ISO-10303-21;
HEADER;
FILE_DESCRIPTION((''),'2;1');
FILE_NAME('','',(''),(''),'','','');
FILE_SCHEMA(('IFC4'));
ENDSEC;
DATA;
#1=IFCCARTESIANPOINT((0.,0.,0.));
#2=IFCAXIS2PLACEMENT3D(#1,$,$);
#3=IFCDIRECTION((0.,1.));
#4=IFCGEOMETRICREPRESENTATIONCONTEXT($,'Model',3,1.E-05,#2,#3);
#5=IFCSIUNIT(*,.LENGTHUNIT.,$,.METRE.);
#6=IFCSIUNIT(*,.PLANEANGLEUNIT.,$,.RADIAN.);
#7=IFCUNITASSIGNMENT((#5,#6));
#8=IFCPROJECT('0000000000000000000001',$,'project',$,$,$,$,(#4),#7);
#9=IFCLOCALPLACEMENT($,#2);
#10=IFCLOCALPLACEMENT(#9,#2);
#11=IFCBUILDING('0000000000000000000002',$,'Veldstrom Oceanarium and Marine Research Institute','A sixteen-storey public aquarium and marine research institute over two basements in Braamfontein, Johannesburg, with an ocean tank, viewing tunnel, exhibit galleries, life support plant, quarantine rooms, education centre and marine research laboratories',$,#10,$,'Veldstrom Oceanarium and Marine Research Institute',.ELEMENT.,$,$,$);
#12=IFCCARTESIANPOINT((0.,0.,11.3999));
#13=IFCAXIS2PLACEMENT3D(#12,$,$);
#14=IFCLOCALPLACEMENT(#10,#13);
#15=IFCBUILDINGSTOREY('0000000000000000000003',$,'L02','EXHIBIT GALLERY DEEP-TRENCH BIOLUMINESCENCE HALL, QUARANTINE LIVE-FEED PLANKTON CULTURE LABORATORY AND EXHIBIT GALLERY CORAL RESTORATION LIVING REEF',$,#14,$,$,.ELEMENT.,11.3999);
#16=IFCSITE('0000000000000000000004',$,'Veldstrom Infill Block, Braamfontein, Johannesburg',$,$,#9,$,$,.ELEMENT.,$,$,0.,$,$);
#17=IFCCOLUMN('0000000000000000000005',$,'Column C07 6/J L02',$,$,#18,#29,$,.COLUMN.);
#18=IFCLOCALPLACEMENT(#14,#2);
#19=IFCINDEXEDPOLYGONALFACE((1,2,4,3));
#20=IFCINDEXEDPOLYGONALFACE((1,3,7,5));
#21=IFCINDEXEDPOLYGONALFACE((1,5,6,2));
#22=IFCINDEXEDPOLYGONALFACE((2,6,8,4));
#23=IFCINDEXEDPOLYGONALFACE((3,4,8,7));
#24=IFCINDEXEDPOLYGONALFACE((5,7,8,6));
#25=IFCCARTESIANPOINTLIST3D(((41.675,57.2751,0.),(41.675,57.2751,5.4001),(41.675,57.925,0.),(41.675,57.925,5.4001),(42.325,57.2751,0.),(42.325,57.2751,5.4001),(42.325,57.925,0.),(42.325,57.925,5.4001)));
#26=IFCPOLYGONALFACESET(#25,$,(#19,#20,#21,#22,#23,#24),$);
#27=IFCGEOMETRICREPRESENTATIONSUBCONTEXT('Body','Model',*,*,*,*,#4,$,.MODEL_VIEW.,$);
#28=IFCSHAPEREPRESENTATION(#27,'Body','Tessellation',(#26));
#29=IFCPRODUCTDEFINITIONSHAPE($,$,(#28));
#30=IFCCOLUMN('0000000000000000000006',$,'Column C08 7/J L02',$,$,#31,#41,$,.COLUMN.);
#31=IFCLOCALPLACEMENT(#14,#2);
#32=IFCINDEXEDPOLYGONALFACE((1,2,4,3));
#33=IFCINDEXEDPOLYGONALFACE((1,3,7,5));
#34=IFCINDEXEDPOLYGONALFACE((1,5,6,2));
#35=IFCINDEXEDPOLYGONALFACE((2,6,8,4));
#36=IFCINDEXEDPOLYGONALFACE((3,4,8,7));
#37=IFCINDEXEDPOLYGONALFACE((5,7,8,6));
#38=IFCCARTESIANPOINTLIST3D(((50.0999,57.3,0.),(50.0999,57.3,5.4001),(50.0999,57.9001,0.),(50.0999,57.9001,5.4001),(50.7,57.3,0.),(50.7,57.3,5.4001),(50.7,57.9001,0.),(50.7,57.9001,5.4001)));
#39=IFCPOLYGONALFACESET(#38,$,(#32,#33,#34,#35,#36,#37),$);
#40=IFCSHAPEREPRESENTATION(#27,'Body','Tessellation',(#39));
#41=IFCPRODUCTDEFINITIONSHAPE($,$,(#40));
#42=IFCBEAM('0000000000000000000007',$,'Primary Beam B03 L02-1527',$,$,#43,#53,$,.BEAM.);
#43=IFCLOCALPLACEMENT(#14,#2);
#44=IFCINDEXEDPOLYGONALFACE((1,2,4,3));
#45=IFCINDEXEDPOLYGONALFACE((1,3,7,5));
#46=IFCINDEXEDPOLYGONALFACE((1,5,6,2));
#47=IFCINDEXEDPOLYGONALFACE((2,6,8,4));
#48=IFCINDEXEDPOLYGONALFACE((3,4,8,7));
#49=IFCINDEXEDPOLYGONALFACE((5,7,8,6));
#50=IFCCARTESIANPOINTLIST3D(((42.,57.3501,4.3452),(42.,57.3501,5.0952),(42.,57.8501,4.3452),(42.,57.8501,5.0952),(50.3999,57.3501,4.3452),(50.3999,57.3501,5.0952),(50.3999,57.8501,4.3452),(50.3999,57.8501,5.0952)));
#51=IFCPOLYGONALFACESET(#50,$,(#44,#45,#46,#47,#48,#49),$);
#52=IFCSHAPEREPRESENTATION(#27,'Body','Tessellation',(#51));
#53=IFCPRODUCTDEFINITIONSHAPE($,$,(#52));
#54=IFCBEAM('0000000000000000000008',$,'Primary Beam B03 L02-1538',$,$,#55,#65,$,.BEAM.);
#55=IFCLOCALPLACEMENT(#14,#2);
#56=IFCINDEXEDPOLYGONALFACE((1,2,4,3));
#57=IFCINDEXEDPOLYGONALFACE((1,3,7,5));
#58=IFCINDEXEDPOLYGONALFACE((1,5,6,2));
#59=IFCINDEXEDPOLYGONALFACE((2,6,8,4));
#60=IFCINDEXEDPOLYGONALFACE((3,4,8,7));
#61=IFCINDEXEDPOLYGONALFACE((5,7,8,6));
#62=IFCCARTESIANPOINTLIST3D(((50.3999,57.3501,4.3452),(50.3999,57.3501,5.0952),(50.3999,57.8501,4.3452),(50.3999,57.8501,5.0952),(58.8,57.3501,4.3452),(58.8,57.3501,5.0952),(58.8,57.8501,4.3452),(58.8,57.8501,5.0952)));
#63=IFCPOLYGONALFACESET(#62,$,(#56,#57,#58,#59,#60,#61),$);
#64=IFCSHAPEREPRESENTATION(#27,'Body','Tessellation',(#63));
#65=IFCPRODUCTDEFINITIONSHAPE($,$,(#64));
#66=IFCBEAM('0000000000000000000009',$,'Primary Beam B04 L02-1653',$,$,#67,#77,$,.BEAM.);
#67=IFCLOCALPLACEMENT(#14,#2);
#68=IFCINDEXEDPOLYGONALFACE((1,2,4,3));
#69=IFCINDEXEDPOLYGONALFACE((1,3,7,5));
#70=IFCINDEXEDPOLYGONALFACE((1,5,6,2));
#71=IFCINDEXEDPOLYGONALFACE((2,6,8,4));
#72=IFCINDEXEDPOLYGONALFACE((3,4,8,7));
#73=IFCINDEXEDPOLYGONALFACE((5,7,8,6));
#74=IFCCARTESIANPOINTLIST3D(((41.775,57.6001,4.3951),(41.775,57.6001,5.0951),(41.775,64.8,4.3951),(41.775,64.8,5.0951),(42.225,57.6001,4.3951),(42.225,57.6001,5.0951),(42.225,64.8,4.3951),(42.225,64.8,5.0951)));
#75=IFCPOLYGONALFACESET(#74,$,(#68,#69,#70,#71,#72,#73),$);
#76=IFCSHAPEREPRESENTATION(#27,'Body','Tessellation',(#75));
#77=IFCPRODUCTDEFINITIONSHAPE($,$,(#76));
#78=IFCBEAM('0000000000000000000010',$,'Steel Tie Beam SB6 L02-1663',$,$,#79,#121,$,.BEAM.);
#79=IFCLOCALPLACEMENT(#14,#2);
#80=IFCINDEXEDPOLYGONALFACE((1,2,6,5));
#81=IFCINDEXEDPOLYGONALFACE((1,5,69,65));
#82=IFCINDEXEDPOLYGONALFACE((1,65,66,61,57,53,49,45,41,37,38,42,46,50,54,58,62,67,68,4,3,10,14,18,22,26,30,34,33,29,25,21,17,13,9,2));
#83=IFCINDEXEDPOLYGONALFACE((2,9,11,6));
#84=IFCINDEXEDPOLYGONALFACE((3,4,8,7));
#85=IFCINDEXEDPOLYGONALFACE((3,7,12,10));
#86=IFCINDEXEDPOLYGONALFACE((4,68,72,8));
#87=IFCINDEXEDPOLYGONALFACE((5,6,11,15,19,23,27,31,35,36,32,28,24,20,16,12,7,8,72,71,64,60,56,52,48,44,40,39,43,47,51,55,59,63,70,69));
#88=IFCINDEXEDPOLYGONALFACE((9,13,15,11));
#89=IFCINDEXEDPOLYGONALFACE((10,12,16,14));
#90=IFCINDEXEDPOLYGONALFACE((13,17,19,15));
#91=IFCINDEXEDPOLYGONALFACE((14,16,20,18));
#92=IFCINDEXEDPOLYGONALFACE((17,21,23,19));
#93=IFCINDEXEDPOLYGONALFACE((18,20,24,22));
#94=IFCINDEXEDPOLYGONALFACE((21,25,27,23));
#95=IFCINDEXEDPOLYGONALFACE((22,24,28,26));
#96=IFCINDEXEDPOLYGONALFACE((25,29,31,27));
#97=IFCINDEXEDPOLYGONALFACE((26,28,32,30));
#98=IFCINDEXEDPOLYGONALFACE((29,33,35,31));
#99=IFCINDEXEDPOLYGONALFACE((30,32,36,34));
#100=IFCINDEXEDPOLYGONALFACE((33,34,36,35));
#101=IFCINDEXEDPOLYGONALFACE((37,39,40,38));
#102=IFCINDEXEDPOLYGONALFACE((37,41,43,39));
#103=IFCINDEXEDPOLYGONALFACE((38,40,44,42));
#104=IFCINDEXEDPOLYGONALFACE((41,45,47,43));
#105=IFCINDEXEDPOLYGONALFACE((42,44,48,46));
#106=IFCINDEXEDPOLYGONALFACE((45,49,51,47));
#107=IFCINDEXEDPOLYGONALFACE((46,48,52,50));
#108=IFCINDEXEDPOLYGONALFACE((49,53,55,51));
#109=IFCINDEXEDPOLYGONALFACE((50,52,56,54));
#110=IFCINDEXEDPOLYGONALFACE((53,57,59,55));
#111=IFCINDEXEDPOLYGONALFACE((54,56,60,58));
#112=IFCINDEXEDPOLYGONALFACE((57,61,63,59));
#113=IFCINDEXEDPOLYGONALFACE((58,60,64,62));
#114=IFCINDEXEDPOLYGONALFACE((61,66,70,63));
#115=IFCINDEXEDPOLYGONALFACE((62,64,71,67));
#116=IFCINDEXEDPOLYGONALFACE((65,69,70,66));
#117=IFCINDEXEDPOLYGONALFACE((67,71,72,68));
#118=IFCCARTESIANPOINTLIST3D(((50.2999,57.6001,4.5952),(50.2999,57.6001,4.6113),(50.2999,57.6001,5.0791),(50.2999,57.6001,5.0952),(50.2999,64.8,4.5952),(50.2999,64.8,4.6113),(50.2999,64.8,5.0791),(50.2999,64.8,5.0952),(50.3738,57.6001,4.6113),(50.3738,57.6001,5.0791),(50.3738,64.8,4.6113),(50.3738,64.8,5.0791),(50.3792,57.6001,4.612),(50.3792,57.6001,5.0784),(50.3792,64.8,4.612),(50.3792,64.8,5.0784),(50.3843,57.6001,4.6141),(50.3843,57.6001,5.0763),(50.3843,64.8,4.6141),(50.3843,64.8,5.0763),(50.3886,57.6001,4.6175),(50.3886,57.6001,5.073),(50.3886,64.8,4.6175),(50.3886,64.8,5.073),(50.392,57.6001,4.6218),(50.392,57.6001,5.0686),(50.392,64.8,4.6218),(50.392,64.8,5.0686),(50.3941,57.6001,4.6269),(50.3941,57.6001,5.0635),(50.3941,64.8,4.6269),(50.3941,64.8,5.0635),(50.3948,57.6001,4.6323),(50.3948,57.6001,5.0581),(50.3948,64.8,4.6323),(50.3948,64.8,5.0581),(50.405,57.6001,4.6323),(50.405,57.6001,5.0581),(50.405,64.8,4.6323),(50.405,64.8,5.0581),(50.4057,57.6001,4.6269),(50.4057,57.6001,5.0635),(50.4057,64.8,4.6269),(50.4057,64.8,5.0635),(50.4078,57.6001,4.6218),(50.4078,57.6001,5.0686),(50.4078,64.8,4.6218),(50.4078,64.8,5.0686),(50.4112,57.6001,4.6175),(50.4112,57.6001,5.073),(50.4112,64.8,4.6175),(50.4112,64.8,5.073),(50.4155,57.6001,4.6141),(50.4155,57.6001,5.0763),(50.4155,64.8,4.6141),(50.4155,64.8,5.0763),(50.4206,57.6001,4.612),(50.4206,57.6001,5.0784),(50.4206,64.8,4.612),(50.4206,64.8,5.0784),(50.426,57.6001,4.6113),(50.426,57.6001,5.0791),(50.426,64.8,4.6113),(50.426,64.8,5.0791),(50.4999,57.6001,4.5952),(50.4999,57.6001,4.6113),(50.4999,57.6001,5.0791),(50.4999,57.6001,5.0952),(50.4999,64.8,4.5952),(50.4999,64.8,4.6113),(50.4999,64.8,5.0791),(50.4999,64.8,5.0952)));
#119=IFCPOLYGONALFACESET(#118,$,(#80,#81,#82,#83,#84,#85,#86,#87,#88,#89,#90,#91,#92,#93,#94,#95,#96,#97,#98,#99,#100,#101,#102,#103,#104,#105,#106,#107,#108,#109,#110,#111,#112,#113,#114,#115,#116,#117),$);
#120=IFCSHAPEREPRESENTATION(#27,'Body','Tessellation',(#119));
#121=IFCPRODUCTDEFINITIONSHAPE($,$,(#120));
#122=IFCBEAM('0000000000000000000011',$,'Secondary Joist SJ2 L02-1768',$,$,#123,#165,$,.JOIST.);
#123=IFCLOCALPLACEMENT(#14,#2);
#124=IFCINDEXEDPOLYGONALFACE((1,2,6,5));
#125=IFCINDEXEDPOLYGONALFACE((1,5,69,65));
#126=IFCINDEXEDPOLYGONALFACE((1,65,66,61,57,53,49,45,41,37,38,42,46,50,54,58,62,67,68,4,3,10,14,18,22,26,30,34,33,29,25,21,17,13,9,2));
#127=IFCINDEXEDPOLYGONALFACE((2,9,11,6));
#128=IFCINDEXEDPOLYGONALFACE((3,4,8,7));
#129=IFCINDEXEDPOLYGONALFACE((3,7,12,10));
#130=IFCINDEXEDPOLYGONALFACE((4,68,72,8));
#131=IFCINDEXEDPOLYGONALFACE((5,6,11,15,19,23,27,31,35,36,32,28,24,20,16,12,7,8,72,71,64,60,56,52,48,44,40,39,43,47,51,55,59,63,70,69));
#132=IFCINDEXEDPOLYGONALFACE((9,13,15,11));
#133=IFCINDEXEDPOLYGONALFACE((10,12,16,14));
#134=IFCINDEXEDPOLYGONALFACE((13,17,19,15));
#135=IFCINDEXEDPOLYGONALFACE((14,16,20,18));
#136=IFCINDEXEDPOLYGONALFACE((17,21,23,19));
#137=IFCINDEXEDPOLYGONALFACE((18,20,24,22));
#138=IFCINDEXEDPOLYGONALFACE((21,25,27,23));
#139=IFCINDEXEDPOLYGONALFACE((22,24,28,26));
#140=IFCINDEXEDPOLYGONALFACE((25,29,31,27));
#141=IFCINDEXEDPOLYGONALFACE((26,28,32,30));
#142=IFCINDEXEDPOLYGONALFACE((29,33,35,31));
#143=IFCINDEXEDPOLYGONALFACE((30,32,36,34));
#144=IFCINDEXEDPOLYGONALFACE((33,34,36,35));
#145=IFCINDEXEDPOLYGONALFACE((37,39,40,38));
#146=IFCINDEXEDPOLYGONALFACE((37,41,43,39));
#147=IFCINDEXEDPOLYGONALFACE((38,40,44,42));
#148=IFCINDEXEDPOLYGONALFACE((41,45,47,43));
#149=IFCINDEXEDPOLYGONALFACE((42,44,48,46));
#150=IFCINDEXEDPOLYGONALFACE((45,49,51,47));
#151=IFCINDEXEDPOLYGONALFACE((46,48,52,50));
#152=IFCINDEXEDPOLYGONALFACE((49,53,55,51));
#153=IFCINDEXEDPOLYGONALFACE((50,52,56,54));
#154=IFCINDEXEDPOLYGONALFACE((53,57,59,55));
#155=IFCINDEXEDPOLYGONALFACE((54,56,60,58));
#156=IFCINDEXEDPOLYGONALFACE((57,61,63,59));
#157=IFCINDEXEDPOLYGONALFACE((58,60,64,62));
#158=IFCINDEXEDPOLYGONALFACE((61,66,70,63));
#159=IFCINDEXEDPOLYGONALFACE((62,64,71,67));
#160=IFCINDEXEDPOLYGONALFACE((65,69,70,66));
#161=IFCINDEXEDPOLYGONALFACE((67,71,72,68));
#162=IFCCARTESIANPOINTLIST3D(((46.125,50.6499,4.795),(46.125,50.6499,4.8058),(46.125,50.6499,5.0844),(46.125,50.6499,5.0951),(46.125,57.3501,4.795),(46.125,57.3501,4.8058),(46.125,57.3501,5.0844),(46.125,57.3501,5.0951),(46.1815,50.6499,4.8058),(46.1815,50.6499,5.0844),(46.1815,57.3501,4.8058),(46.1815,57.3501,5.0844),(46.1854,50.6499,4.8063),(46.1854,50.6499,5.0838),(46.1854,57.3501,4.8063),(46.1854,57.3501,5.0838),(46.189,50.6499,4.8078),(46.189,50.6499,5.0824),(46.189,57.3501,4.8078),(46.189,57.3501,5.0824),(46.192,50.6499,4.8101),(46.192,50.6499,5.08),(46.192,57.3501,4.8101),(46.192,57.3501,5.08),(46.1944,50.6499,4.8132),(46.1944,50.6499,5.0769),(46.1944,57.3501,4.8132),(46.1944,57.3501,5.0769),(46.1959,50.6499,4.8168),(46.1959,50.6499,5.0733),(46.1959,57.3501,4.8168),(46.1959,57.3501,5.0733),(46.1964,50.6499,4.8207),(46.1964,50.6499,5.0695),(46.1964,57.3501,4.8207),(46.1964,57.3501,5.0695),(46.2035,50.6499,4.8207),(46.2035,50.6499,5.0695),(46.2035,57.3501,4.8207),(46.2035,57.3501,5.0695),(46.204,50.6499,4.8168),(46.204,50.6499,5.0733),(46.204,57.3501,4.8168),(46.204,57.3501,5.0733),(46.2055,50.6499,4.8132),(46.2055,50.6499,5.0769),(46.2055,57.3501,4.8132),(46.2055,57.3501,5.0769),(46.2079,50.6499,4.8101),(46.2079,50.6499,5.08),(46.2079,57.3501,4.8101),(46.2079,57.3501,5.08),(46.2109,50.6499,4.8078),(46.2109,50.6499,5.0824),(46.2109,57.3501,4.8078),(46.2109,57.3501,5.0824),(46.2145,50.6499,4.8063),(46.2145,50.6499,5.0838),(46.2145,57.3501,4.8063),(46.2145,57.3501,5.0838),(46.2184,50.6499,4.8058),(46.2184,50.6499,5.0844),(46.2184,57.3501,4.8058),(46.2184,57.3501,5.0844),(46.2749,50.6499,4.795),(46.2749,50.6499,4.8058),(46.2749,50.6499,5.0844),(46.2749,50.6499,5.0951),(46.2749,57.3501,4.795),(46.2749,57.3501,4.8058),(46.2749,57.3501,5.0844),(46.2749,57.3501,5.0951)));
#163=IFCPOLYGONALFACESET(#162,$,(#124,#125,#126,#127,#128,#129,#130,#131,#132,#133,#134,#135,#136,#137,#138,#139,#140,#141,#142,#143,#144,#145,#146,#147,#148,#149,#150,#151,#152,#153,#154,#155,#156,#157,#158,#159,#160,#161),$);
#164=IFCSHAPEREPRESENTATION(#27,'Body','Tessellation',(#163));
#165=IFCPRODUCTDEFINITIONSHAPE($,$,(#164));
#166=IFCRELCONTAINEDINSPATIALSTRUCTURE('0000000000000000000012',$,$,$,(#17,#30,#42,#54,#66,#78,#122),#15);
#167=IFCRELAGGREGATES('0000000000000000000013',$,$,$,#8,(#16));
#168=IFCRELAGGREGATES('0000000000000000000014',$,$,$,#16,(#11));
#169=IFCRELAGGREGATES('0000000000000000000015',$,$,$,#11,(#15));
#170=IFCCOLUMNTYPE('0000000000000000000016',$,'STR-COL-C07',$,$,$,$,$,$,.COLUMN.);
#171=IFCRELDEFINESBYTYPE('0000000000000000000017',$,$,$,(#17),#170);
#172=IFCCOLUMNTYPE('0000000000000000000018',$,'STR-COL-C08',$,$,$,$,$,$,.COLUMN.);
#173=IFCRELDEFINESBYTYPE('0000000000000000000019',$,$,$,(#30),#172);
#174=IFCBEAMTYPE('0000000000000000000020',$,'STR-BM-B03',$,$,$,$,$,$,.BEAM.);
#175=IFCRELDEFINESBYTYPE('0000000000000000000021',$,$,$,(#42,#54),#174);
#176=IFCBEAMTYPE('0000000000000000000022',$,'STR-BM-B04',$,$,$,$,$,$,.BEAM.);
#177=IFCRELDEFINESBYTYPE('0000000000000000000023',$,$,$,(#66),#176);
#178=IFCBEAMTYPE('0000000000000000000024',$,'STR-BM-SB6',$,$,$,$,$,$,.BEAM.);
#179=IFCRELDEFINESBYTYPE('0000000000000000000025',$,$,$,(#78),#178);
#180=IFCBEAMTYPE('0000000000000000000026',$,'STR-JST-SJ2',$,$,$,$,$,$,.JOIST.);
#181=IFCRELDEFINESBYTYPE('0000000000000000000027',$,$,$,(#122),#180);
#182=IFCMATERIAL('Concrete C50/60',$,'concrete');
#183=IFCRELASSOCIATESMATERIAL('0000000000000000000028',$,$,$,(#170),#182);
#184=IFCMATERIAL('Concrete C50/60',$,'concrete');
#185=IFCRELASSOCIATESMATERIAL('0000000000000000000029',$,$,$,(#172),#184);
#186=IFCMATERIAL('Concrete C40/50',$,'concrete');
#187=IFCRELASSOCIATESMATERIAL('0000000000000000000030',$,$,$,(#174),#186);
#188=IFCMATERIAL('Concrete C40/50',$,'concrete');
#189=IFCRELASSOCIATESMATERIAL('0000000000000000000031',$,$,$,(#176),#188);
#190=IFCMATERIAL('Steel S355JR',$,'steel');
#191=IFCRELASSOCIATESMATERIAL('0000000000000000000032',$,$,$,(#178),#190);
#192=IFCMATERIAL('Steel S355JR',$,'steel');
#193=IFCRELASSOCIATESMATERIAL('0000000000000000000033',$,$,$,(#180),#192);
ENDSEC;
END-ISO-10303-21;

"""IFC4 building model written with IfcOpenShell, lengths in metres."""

from ifc_helpers import new_model, si_unit, direction, frame, origin, origin_2d, place, context, subcontext, project, spatial, rectangle, i_section, extrude, material, material_profile, profile_set, type_object, element, save


model = new_model("IFC4")

# Units and contexts
model_context = context("Model", 3, precision=1e-05, world=origin(), true_north=direction((0.0, 1.0)))
body_context = subcontext(model_context, "Body", "Model", "MODEL_VIEW")
ifc_project = project(units=[si_unit("LENGTHUNIT", "METRE"), si_unit("PLANEANGLEUNIT", "RADIAN")], contexts=[model_context])

# Site, building, storey
site_placement = place(None, origin())
site = spatial("IfcSite", under=ifc_project, at=site_placement, Name="Veldstrom Infill Block, Braamfontein, Johannesburg", CompositionType="ELEMENT", RefElevation=0.0)
building_placement = place(site_placement, origin())
building = spatial("IfcBuilding", under=site, at=building_placement, Name="Veldstrom Oceanarium and Marine Research Institute", Description="A sixteen-storey public aquarium and marine research institute over two basements in Braamfontein, Johannesburg, with an ocean tank, viewing tunnel, exhibit galleries, life support plant, quarantine rooms, education centre and marine research laboratories", LongName="Veldstrom Oceanarium and Marine Research Institute", CompositionType="ELEMENT")
storey_placement = place(building_placement, frame((0.0, 0.0, 11.3999)))
storey = spatial("IfcBuildingStorey", under=building, at=storey_placement, Name="L02", Description="EXHIBIT GALLERY DEEP-TRENCH BIOLUMINESCENCE HALL, QUARANTINE LIVE-FEED PLANKTON CULTURE LABORATORY AND EXHIBIT GALLERY CORAL RESTORATION LIVING REEF", CompositionType="ELEMENT", Elevation=11.3999)

# Columns
ifc_material_1 = material(Name="Concrete C50/60", Category="concrete")
ifc_material_profile_1 = material_profile(ifc_material_1, rectangle(XDim=0.6499, YDim=0.6499, at=origin_2d()), Name="RC-COL-650x650")
ifc_profile_set_1 = profile_set([ifc_material_profile_1], Name="Concrete C50/60")
column_type_1 = type_object("IfcColumnType", Name="STR-COL-C07", PredefinedType="COLUMN", material=ifc_profile_set_1)
column_1_placement = place(storey_placement, frame((42.0, 57.6001, 0.0), z_axis=(0.0, 0.0, 1.0), x_axis=(1.0, 0.0, 0.0)))
element("IfcColumn", 1, at=column_1_placement, inside=storey, type_object=column_type_1, Name="Column C07 6/J L02", PredefinedType="COLUMN", context=body_context, shape_type="SweptSolid", body=[
    extrude(rectangle(XDim=0.6499, YDim=0.6499, at=origin_2d()), origin(), (0.0, 0.0, 1.0), 5.4001),
])
ifc_material_2 = material(Name="Concrete C50/60", Category="concrete")
ifc_material_profile_2 = material_profile(ifc_material_2, rectangle(XDim=0.6001, YDim=0.6001, at=origin_2d()), Name="RC-COL-600x600")
ifc_profile_set_2 = profile_set([ifc_material_profile_2], Name="Concrete C50/60")
column_type_2 = type_object("IfcColumnType", Name="STR-COL-C08", PredefinedType="COLUMN", material=ifc_profile_set_2)
column_2_placement = place(storey_placement, frame((50.3999, 57.6001, 0.0), z_axis=(0.0, 0.0, 1.0), x_axis=(1.0, 0.0, 0.0)))
element("IfcColumn", 2, at=column_2_placement, inside=storey, type_object=column_type_2, Name="Column C08 7/J L02", PredefinedType="COLUMN", context=body_context, shape_type="SweptSolid", body=[
    extrude(rectangle(XDim=0.6001, YDim=0.6001, at=origin_2d()), origin(), (0.0, 0.0, 1.0), 5.4001),
])

# Beams
ifc_material_3 = material(Name="Concrete C40/50", Category="concrete")
ifc_material_profile_3 = material_profile(ifc_material_3, rectangle(XDim=0.5, YDim=0.75, at=origin_2d()), Name="RC-BM-500x750")
ifc_profile_set_3 = profile_set([ifc_material_profile_3], Name="Concrete C40/50")
beam_type_1 = type_object("IfcBeamType", Name="STR-BM-B03", PredefinedType="BEAM", material=ifc_profile_set_3)
beam_1_placement = place(storey_placement, frame((42.0, 57.6001, 4.7202), z_axis=(1.0, 0.0, 0.0), x_axis=(0.0, 1.0, 0.0)))
element("IfcBeam", 3, at=beam_1_placement, inside=storey, type_object=beam_type_1, Name="Primary Beam B03 L02-1527", PredefinedType="BEAM", context=body_context, shape_type="SweptSolid", body=[
    extrude(rectangle(XDim=0.5, YDim=0.75, at=origin_2d()), origin(), (0.0, 0.0, 1.0), 8.3999),
])
beam_2_placement = place(storey_placement, frame((50.3999, 57.6001, 4.7202), z_axis=(1.0, 0.0, 0.0), x_axis=(0.0, 1.0, 0.0)))
element("IfcBeam", 4, at=beam_2_placement, inside=storey, type_object=beam_type_1, Name="Primary Beam B03 L02-1538", PredefinedType="BEAM", context=body_context, shape_type="SweptSolid", body=[
    extrude(rectangle(XDim=0.5, YDim=0.75, at=origin_2d()), origin(), (0.0, 0.0, 1.0), 8.4001),
])
ifc_material_4 = material(Name="Concrete C40/50", Category="concrete")
ifc_material_profile_4 = material_profile(ifc_material_4, rectangle(XDim=0.45, YDim=0.7, at=origin_2d()), Name="RC-BM-450x700")
ifc_profile_set_4 = profile_set([ifc_material_profile_4], Name="Concrete C40/50")
beam_type_2 = type_object("IfcBeamType", Name="STR-BM-B04", PredefinedType="BEAM", material=ifc_profile_set_4)
beam_3_placement = place(storey_placement, frame((42.0, 57.6001, 4.7451), z_axis=(0.0, 1.0, 0.0), x_axis=(-1.0, 0.0, 0.0)))
element("IfcBeam", 5, at=beam_3_placement, inside=storey, type_object=beam_type_2, Name="Primary Beam B04 L02-1653", PredefinedType="BEAM", context=body_context, shape_type="SweptSolid", body=[
    extrude(rectangle(XDim=0.45, YDim=0.7, at=origin_2d()), origin(), (0.0, 0.0, 1.0), 7.2),
])
ifc_material_5 = material(Name="Steel S355JR", Category="steel")
ifc_material_profile_5 = material_profile(ifc_material_5, i_section(OverallWidth=0.2, OverallDepth=0.5, WebThickness=0.0103, FlangeThickness=0.0161, FilletRadius=0.021, at=origin_2d()), Name="IPE 500")
ifc_profile_set_5 = profile_set([ifc_material_profile_5], Name="Steel S355JR")
beam_type_3 = type_object("IfcBeamType", Name="STR-BM-SB6", PredefinedType="BEAM", material=ifc_profile_set_5)
beam_4_placement = place(storey_placement, frame((50.3999, 57.6001, 4.8452), z_axis=(0.0, 1.0, 0.0), x_axis=(-1.0, 0.0, 0.0)))
element("IfcBeam", 6, at=beam_4_placement, inside=storey, type_object=beam_type_3, Name="Steel Tie Beam SB6 L02-1663", PredefinedType="BEAM", context=body_context, shape_type="SweptSolid", body=[
    extrude(i_section(OverallWidth=0.2, OverallDepth=0.5, WebThickness=0.0103, FlangeThickness=0.0161, FilletRadius=0.021, at=origin_2d()), origin(), (0.0, 0.0, 1.0), 7.2),
])
ifc_material_6 = material(Name="Steel S355JR", Category="steel")
ifc_material_profile_6 = material_profile(ifc_material_6, i_section(OverallWidth=0.1499, OverallDepth=0.3, WebThickness=0.0071, FlangeThickness=0.0107, FilletRadius=0.0149, at=origin_2d()), Name="IPE 300")
ifc_profile_set_6 = profile_set([ifc_material_profile_6], Name="Steel S355JR")
beam_type_4 = type_object("IfcBeamType", Name="STR-JST-SJ2", PredefinedType="JOIST", material=ifc_profile_set_6)
beam_5_placement = place(storey_placement, frame((46.2, 50.6499, 4.9451), z_axis=(0.0, 1.0, 0.0), x_axis=(-1.0, 0.0, 0.0)))
element("IfcBeam", 7, at=beam_5_placement, inside=storey, type_object=beam_type_4, Name="Secondary Joist SJ2 L02-1768", PredefinedType="JOIST", context=body_context, shape_type="SweptSolid", body=[
    extrude(i_section(OverallWidth=0.1499, OverallDepth=0.3, WebThickness=0.0071, FlangeThickness=0.0107, FilletRadius=0.0149, at=origin_2d()), origin(), (0.0, 0.0, 1.0), 6.7002),
])

save(model, "model.ifc")
